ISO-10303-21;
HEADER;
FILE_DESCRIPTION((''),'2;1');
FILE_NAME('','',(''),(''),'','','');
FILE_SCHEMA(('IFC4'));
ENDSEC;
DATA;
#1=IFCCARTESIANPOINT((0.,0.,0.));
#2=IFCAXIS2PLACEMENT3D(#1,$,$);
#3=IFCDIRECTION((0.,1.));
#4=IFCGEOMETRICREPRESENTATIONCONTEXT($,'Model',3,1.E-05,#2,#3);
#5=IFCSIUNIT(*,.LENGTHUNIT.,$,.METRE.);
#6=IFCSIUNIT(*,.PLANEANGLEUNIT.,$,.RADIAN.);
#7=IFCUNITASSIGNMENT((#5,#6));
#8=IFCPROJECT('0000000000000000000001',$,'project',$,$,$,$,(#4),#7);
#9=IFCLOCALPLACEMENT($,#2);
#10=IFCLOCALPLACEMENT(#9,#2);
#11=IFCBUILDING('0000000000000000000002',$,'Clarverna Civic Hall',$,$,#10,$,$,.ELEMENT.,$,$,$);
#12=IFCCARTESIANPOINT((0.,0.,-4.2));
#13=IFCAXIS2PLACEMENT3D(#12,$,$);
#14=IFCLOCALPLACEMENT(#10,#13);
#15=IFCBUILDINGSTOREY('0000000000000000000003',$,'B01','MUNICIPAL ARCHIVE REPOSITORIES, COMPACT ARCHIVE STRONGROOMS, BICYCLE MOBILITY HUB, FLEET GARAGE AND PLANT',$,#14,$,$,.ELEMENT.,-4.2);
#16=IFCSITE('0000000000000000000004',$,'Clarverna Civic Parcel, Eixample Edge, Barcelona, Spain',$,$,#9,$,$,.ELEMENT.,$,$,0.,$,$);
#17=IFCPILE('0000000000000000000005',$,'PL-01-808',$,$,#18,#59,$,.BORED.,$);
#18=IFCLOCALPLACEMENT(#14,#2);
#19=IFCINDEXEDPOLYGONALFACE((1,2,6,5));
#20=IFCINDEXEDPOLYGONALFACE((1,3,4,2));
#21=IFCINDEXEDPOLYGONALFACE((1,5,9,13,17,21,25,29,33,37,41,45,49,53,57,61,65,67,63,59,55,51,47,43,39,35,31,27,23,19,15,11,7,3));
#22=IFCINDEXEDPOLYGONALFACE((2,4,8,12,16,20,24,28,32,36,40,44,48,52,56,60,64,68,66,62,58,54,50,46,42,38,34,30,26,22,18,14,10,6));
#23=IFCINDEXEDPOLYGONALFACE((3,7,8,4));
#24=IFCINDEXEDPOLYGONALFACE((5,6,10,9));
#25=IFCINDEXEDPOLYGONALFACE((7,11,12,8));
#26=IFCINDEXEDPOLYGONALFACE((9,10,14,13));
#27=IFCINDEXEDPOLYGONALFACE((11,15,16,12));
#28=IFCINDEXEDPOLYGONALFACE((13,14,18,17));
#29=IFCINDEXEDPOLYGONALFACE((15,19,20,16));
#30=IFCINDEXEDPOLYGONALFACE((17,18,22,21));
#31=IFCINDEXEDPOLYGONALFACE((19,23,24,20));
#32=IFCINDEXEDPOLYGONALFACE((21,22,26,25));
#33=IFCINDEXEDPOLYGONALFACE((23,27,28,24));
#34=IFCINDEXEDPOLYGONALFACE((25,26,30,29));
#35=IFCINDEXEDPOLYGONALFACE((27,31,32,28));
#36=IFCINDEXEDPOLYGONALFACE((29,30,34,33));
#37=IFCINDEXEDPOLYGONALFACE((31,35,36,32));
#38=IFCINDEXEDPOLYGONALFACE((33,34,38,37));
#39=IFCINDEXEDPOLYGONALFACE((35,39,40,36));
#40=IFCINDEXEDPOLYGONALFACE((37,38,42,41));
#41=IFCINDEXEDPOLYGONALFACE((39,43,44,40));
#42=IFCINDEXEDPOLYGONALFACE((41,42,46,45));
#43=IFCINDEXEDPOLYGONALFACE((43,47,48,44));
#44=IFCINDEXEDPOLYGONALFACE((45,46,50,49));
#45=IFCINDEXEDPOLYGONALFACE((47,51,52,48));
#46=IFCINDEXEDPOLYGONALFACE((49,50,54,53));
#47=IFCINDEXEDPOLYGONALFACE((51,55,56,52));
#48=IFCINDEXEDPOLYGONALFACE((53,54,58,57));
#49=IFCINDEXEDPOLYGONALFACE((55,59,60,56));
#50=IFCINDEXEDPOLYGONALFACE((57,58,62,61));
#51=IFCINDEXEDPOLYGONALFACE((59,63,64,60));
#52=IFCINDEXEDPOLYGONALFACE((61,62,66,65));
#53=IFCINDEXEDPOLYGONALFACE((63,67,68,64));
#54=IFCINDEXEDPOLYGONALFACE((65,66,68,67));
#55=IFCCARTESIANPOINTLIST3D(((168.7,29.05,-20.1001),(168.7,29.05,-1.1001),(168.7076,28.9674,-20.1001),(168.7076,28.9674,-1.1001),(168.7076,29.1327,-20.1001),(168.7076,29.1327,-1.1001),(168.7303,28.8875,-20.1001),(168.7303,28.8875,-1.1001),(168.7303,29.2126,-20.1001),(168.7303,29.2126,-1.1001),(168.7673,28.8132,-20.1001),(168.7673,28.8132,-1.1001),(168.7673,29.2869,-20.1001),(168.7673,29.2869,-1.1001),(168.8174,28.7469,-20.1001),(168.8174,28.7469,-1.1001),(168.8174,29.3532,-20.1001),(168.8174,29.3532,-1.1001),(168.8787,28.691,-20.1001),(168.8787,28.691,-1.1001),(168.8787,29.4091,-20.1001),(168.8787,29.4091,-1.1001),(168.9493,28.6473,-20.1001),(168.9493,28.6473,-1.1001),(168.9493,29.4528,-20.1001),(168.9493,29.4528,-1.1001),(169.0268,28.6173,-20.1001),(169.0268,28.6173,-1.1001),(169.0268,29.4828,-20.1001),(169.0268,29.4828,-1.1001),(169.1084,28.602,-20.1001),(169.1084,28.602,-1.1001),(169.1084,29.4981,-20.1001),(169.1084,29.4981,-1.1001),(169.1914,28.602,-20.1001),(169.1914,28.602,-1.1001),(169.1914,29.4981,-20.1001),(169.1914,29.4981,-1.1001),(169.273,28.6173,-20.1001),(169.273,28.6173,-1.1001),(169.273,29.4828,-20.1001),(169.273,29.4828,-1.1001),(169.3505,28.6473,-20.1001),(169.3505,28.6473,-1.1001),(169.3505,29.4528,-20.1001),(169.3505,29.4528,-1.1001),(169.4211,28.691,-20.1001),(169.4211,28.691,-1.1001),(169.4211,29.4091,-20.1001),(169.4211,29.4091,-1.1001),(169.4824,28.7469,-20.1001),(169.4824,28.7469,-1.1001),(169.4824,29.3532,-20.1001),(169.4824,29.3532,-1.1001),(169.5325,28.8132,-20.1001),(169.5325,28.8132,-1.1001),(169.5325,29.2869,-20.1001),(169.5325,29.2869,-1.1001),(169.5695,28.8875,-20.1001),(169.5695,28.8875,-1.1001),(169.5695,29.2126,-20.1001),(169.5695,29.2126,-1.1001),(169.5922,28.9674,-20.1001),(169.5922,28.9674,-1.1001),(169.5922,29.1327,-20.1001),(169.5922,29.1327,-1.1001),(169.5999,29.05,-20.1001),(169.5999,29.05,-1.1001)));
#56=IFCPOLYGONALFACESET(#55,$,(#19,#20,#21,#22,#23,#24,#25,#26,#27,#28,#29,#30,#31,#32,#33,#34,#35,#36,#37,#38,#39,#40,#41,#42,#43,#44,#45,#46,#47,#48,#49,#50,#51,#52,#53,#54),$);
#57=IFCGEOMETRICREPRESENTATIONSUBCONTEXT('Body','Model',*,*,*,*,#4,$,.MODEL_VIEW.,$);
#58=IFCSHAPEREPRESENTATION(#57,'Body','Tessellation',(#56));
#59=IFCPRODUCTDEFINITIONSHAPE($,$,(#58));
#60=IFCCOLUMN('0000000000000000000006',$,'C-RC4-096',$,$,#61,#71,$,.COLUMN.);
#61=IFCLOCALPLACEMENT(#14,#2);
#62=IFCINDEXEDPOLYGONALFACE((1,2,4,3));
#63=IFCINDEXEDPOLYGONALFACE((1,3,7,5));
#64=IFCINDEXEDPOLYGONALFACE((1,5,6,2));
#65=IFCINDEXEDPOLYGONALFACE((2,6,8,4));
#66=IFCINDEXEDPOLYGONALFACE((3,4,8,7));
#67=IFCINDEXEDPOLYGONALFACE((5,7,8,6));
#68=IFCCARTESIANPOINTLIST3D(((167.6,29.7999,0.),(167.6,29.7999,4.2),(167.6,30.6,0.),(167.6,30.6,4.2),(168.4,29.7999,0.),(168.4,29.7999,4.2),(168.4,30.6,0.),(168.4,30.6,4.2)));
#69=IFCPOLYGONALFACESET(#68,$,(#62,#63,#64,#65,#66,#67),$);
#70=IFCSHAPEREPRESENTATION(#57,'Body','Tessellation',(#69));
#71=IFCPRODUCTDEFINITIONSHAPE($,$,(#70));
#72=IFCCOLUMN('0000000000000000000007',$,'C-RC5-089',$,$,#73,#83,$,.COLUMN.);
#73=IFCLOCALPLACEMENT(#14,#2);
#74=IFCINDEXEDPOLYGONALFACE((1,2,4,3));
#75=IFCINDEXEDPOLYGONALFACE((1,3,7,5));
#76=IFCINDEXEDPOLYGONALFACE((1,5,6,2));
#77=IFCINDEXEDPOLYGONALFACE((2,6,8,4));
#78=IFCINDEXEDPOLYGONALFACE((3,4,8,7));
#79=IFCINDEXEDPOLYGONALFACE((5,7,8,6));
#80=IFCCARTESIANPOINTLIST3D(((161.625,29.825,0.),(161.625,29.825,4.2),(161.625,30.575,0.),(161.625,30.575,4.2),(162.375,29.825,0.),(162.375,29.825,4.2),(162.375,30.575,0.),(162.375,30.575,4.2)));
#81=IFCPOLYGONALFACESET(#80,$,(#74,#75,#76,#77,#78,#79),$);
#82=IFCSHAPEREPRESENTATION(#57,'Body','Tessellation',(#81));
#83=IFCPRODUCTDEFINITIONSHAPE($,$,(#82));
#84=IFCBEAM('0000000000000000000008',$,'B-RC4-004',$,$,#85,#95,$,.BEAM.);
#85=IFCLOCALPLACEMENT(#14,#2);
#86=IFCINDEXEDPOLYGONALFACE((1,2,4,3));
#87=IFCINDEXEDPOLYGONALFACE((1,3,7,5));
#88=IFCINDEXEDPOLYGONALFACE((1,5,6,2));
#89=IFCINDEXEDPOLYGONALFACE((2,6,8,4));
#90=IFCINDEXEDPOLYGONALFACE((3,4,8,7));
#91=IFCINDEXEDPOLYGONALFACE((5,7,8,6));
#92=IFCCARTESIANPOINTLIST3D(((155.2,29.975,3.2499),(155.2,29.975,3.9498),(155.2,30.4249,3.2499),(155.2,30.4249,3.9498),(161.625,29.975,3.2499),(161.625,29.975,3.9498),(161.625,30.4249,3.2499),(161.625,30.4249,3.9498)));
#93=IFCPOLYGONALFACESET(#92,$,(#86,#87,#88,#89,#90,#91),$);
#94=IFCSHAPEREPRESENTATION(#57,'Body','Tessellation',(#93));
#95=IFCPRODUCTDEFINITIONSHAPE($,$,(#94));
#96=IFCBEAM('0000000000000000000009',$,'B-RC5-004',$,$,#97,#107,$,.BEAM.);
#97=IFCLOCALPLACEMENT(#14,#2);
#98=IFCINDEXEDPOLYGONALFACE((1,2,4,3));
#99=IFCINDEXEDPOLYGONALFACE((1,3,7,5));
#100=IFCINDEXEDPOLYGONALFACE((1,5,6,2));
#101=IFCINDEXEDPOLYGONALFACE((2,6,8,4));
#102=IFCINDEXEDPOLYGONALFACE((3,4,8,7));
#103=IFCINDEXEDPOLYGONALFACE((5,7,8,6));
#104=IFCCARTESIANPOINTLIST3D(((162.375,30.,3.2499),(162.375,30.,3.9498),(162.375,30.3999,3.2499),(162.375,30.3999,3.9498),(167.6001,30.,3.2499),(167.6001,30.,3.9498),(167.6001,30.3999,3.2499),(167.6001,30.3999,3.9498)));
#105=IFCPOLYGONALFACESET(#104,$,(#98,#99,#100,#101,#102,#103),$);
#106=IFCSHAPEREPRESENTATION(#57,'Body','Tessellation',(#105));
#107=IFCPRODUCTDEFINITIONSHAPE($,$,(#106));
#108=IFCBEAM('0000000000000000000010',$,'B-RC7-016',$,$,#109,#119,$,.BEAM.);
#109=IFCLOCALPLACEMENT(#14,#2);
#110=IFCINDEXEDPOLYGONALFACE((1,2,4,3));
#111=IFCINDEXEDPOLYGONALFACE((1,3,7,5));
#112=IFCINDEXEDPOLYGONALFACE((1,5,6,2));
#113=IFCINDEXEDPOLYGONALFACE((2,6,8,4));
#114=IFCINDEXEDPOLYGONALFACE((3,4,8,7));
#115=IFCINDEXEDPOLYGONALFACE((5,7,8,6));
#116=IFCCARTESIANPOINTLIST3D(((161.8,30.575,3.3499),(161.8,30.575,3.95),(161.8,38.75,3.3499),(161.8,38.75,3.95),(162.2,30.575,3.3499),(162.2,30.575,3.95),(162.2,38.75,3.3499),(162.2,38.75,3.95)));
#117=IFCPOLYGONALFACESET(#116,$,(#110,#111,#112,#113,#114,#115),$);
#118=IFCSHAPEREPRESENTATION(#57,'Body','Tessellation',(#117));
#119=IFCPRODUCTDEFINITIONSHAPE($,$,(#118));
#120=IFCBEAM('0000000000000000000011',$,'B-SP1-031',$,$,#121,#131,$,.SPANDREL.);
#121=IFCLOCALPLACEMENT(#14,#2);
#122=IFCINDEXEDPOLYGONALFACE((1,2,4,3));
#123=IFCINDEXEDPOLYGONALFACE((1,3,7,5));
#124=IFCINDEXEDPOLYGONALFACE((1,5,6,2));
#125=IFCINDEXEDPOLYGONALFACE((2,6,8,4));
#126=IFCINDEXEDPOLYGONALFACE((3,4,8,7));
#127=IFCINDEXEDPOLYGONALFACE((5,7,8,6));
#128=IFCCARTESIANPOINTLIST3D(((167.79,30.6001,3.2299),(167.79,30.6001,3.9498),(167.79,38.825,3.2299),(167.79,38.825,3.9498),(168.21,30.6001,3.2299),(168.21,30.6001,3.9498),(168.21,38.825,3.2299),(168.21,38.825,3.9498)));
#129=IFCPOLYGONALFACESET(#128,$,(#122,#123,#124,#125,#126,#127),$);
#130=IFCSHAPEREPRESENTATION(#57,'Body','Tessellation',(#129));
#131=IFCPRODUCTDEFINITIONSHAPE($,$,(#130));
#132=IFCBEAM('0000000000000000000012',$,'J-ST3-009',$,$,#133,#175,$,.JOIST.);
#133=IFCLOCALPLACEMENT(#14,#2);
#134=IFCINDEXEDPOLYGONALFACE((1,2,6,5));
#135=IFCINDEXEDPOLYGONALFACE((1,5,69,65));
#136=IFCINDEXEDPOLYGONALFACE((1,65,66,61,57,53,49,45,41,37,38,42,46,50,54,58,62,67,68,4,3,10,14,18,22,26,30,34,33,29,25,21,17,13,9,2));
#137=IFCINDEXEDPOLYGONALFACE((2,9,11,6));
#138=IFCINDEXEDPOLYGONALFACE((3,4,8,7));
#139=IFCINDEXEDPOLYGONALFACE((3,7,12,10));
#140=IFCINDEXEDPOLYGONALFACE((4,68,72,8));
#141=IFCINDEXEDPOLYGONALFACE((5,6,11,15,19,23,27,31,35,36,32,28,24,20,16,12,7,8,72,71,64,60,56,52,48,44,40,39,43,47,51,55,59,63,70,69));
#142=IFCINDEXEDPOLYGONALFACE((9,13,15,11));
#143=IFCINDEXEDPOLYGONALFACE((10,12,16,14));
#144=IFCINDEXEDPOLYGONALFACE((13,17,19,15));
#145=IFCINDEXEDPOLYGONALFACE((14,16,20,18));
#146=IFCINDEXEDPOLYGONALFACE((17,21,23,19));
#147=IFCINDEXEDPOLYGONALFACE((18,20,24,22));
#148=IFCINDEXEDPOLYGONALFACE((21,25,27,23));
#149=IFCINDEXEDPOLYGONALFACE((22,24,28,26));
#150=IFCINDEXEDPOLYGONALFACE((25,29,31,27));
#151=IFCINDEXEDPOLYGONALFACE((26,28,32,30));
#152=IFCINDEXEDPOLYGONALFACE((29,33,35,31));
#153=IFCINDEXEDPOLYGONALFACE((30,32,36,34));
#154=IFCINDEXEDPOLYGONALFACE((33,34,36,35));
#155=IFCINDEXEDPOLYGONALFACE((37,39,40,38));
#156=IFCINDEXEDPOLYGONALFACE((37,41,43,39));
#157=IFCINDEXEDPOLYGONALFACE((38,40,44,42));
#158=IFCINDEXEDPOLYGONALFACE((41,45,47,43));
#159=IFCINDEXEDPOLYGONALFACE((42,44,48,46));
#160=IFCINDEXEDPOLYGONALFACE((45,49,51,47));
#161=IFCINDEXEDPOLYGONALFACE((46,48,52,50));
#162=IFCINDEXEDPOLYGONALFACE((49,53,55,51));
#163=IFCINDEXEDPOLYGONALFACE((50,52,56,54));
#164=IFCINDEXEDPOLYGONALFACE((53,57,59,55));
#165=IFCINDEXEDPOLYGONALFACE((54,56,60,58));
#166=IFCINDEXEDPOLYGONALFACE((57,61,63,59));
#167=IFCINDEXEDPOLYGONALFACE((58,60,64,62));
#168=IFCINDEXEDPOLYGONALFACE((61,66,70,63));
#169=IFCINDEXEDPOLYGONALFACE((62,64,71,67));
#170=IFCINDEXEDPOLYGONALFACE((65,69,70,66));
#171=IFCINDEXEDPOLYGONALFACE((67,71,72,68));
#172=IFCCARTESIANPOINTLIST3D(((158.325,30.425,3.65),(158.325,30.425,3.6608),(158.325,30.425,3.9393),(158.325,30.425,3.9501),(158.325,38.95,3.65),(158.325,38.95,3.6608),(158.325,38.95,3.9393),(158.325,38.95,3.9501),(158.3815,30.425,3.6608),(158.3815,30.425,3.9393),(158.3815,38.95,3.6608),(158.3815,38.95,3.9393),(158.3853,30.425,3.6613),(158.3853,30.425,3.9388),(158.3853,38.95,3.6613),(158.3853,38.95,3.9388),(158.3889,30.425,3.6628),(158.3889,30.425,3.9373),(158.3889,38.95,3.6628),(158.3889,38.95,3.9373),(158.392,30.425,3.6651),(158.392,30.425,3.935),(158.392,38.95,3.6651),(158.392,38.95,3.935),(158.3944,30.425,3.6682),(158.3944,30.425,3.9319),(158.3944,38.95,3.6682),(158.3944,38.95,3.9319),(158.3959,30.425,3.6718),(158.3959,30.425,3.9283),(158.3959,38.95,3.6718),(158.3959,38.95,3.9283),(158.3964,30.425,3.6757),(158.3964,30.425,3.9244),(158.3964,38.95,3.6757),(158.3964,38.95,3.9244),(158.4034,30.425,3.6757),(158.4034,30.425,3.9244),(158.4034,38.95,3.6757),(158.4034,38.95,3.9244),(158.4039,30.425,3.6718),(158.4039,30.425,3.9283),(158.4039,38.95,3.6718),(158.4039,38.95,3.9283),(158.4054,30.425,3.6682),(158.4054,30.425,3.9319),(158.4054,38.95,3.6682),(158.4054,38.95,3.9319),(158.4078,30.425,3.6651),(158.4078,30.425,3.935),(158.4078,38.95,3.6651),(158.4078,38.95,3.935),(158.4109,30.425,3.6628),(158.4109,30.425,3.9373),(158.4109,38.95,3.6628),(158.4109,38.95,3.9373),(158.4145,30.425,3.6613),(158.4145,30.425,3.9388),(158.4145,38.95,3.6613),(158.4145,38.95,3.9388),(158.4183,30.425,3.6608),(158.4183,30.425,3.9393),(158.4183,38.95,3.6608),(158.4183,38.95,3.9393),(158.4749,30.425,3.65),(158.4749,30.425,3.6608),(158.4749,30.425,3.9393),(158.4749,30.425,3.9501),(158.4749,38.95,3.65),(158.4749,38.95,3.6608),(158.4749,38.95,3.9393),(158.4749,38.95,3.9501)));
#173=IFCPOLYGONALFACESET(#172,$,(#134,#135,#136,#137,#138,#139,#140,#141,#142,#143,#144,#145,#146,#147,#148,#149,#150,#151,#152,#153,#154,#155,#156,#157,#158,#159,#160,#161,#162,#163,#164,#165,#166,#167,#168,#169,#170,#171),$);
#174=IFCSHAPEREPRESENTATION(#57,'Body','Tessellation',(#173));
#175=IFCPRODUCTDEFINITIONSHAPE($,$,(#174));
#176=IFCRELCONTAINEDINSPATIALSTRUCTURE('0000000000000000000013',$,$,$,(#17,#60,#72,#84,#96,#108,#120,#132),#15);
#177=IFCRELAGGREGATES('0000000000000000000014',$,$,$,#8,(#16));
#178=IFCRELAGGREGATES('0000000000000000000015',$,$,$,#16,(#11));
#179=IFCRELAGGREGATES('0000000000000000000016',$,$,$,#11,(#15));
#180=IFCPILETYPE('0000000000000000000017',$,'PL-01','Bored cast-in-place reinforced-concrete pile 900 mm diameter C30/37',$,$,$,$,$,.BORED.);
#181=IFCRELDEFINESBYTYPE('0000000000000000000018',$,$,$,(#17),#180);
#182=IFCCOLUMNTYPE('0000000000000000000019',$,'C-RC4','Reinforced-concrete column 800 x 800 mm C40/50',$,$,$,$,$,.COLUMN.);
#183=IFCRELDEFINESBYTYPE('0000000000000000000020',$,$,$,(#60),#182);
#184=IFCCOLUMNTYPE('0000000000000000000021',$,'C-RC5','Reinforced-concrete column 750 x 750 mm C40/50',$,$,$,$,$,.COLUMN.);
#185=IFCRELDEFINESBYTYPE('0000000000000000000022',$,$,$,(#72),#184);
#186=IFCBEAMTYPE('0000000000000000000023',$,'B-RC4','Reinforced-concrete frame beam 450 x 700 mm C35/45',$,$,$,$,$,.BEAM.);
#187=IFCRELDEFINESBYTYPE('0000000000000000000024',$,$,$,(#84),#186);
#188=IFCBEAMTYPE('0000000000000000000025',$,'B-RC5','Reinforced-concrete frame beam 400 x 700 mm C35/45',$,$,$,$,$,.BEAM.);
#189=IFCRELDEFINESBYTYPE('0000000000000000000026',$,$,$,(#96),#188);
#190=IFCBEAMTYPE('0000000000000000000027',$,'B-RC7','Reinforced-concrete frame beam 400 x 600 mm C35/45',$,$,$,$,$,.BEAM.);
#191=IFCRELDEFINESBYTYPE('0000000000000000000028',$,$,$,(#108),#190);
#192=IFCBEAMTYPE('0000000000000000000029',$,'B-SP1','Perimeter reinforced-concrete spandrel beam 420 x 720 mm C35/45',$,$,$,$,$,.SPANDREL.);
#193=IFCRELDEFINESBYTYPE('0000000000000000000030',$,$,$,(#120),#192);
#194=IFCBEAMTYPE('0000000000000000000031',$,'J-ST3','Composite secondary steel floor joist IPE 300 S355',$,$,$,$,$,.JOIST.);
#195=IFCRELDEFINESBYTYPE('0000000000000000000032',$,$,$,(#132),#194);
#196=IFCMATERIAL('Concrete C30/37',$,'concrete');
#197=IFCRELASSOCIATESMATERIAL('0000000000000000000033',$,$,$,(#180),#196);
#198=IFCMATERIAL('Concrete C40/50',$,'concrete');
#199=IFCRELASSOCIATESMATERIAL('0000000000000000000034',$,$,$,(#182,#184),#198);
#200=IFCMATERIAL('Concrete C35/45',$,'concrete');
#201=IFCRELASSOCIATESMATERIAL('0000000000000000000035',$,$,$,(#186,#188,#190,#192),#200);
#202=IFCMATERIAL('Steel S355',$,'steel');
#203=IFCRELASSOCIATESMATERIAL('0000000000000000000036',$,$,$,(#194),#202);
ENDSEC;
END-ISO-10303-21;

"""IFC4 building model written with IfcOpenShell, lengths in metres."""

from ifc_helpers import new_model, si_unit, direction, frame, origin, origin_2d, place, context, subcontext, project, spatial, rectangle, circle, i_section, extrude, material, material_profile, profile_set, type_object, element, save


model = new_model("IFC4")

# Units and contexts
model_context = context("Model", 3, precision=1e-05, world=origin(), true_north=direction((0.0, 1.0)))
body_context = subcontext(model_context, "Body", "Model", "MODEL_VIEW")
ifc_project = project(units=[si_unit("LENGTHUNIT", "METRE"), si_unit("PLANEANGLEUNIT", "RADIAN")], contexts=[model_context])

# Site, building, storey
site_placement = place(None, origin())
site = spatial("IfcSite", under=ifc_project, at=site_placement, Name="Clarverna Civic Parcel, Eixample Edge, Barcelona, Spain", CompositionType="ELEMENT", RefElevation=0.0)
building_placement = place(site_placement, origin())
building = spatial("IfcBuilding", under=site, at=building_placement, Name="Clarverna Civic Hall", CompositionType="ELEMENT")
storey_placement = place(building_placement, frame((0.0, 0.0, -4.2)))
storey = spatial("IfcBuildingStorey", under=building, at=storey_placement, Name="B01", Description="MUNICIPAL ARCHIVE REPOSITORIES, COMPACT ARCHIVE STRONGROOMS, BICYCLE MOBILITY HUB, FLEET GARAGE AND PLANT", CompositionType="ELEMENT", Elevation=-4.2)

# Shared definitions
ifc_material_1 = material(Name="Concrete C30/37", Category="concrete")

# Pile
ifc_material_profile_1 = material_profile(ifc_material_1, circle(Radius=0.45, at=origin_2d()), Name="BORED PILE D900")
ifc_profile_set_1 = profile_set([ifc_material_profile_1], Name="Concrete C30/37")
pile_type = type_object("IfcPileType", Name="PL-01", Description="Bored cast-in-place reinforced-concrete pile 900 mm diameter C30/37", PredefinedType="BORED", material=ifc_profile_set_1)
for number, where, z_axis, x_axis, name in (
    (1, (169.1499, 29.05, -1.1001), (0.0, 0.0, -1.0), (1.0, 0.0, 0.0), "PL-01-808"),
):
    element("IfcPile", number, at=place(storey_placement, frame(where, z_axis=z_axis, x_axis=x_axis)), inside=storey, type_object=pile_type, Name=name, PredefinedType="BORED", context=body_context, shape_type="SweptSolid", body=[
        extrude(circle(Radius=0.45, at=origin_2d()), origin(), (0.0, 0.0, 1.0), 19.0),
    ])

# Columns
ifc_material_2 = material(Name="Concrete C40/50", Category="concrete")
ifc_material_profile_2 = material_profile(ifc_material_2, rectangle(XDim=0.8, YDim=0.8, at=origin_2d()), Name="RC 800x800")
ifc_profile_set_2 = profile_set([ifc_material_profile_2], Name="Concrete C40/50")
column_type_1 = type_object("IfcColumnType", Name="C-RC4", Description="Reinforced-concrete column 800 x 800 mm C40/50", PredefinedType="COLUMN", material=ifc_profile_set_2)
column_1_placement = place(storey_placement, frame((168.0, 30.2, 0.0), z_axis=(0.0, 0.0, 1.0), x_axis=(1.0, 0.0, 0.0)))
element("IfcColumn", 2, at=column_1_placement, inside=storey, type_object=column_type_1, Name="C-RC4-096", PredefinedType="COLUMN", context=body_context, shape_type="SweptSolid", body=[
    extrude(rectangle(XDim=0.8, YDim=0.8, at=origin_2d()), origin(), (0.0, 0.0, 1.0), 4.2),
])
ifc_material_profile_3 = material_profile(ifc_material_2, rectangle(XDim=0.75, YDim=0.75, at=origin_2d()), Name="RC 750x750")
ifc_profile_set_3 = profile_set([ifc_material_profile_3], Name="Concrete C40/50")
column_type_2 = type_object("IfcColumnType", Name="C-RC5", Description="Reinforced-concrete column 750 x 750 mm C40/50", PredefinedType="COLUMN", material=ifc_profile_set_3)
column_2_placement = place(storey_placement, frame((162.0, 30.2, 0.0), z_axis=(0.0, 0.0, 1.0), x_axis=(1.0, 0.0, 0.0)))
element("IfcColumn", 3, at=column_2_placement, inside=storey, type_object=column_type_2, Name="C-RC5-089", PredefinedType="COLUMN", context=body_context, shape_type="SweptSolid", body=[
    extrude(rectangle(XDim=0.75, YDim=0.75, at=origin_2d()), origin(), (0.0, 0.0, 1.0), 4.2),
])

# Beams
ifc_material_3 = material(Name="Concrete C35/45", Category="concrete")
ifc_material_profile_4 = material_profile(ifc_material_3, rectangle(XDim=0.45, YDim=0.7, at=origin_2d()), Name="RC 450x700")
ifc_profile_set_4 = profile_set([ifc_material_profile_4], Name="Concrete C35/45")
beam_type_1 = type_object("IfcBeamType", Name="B-RC4", Description="Reinforced-concrete frame beam 450 x 700 mm C35/45", PredefinedType="BEAM", material=ifc_profile_set_4)
beam_1_placement = place(storey_placement, frame((155.2, 30.2, 3.5999), z_axis=(1.0, 0.0, 0.0), x_axis=(0.0, 1.0, 0.0)))
element("IfcBeam", 4, at=beam_1_placement, inside=storey, type_object=beam_type_1, Name="B-RC4-004", PredefinedType="BEAM", context=body_context, shape_type="SweptSolid", body=[
    extrude(rectangle(XDim=0.45, YDim=0.7, at=origin_2d()), origin(), (0.0, 0.0, 1.0), 6.425),
])
ifc_material_profile_5 = material_profile(ifc_material_3, rectangle(XDim=0.3999, YDim=0.7, at=origin_2d()), Name="RC 400x700")
ifc_profile_set_5 = profile_set([ifc_material_profile_5], Name="Concrete C35/45")
beam_type_2 = type_object("IfcBeamType", Name="B-RC5", Description="Reinforced-concrete frame beam 400 x 700 mm C35/45", PredefinedType="BEAM", material=ifc_profile_set_5)
beam_2_placement = place(storey_placement, frame((162.375, 30.2, 3.5999), z_axis=(1.0, 0.0, 0.0), x_axis=(0.0, 1.0, 0.0)))
element("IfcBeam", 5, at=beam_2_placement, inside=storey, type_object=beam_type_2, Name="B-RC5-004", PredefinedType="BEAM", context=body_context, shape_type="SweptSolid", body=[
    extrude(rectangle(XDim=0.3999, YDim=0.7, at=origin_2d()), origin(), (0.0, 0.0, 1.0), 5.2251),
])
ifc_material_profile_6 = material_profile(ifc_material_3, rectangle(XDim=0.3999, YDim=0.6001, at=origin_2d()), Name="RC 400x600")
ifc_profile_set_6 = profile_set([ifc_material_profile_6], Name="Concrete C35/45")
beam_type_3 = type_object("IfcBeamType", Name="B-RC7", Description="Reinforced-concrete frame beam 400 x 600 mm C35/45", PredefinedType="BEAM", material=ifc_profile_set_6)
beam_3_placement = place(storey_placement, frame((162.0, 30.575, 3.6499), z_axis=(0.0, 1.0, 0.0), x_axis=(-1.0, 0.0, 0.0)))
element("IfcBeam", 6, at=beam_3_placement, inside=storey, type_object=beam_type_3, Name="B-RC7-016", PredefinedType="BEAM", context=body_context, shape_type="SweptSolid", body=[
    extrude(rectangle(XDim=0.3999, YDim=0.6001, at=origin_2d()), origin(), (0.0, 0.0, 1.0), 8.175),
])
ifc_material_profile_7 = material_profile(ifc_material_3, rectangle(XDim=0.4199, YDim=0.72, at=origin_2d()), Name="RC 420x720")
ifc_profile_set_7 = profile_set([ifc_material_profile_7], Name="Concrete C35/45")
beam_type_4 = type_object("IfcBeamType", Name="B-SP1", Description="Perimeter reinforced-concrete spandrel beam 420 x 720 mm C35/45", PredefinedType="SPANDREL", material=ifc_profile_set_7)
beam_4_placement = place(storey_placement, frame((168.0, 30.6001, 3.5898), z_axis=(0.0, 1.0, 0.0), x_axis=(-1.0, 0.0, 0.0)))
element("IfcBeam", 7, at=beam_4_placement, inside=storey, type_object=beam_type_4, Name="B-SP1-031", PredefinedType="SPANDREL", context=body_context, shape_type="SweptSolid", body=[
    extrude(rectangle(XDim=0.4199, YDim=0.72, at=origin_2d()), origin(), (0.0, 0.0, 1.0), 8.2249),
])
ifc_material_4 = material(Name="Steel S355", Category="steel")
ifc_material_profile_8 = material_profile(ifc_material_4, i_section(OverallWidth=0.1499, OverallDepth=0.3, WebThickness=0.0071, FlangeThickness=0.0107, FilletRadius=0.0149, at=origin_2d()), Name="IPE 300")
ifc_profile_set_8 = profile_set([ifc_material_profile_8], Name="Steel S355")
beam_type_5 = type_object("IfcBeamType", Name="J-ST3", Description="Composite secondary steel floor joist IPE 300 S355", PredefinedType="JOIST", material=ifc_profile_set_8)
beam_5_placement = place(storey_placement, frame((158.3999, 30.425, 3.8), z_axis=(0.0, 1.0, 0.0), x_axis=(-1.0, 0.0, 0.0)))
element("IfcBeam", 8, at=beam_5_placement, inside=storey, type_object=beam_type_5, Name="J-ST3-009", PredefinedType="JOIST", context=body_context, shape_type="SweptSolid", body=[
    extrude(i_section(OverallWidth=0.1499, OverallDepth=0.3, WebThickness=0.0071, FlangeThickness=0.0107, FilletRadius=0.0149, at=origin_2d()), origin(), (0.0, 0.0, 1.0), 8.5249),
])

save(model, "model.ifc")
